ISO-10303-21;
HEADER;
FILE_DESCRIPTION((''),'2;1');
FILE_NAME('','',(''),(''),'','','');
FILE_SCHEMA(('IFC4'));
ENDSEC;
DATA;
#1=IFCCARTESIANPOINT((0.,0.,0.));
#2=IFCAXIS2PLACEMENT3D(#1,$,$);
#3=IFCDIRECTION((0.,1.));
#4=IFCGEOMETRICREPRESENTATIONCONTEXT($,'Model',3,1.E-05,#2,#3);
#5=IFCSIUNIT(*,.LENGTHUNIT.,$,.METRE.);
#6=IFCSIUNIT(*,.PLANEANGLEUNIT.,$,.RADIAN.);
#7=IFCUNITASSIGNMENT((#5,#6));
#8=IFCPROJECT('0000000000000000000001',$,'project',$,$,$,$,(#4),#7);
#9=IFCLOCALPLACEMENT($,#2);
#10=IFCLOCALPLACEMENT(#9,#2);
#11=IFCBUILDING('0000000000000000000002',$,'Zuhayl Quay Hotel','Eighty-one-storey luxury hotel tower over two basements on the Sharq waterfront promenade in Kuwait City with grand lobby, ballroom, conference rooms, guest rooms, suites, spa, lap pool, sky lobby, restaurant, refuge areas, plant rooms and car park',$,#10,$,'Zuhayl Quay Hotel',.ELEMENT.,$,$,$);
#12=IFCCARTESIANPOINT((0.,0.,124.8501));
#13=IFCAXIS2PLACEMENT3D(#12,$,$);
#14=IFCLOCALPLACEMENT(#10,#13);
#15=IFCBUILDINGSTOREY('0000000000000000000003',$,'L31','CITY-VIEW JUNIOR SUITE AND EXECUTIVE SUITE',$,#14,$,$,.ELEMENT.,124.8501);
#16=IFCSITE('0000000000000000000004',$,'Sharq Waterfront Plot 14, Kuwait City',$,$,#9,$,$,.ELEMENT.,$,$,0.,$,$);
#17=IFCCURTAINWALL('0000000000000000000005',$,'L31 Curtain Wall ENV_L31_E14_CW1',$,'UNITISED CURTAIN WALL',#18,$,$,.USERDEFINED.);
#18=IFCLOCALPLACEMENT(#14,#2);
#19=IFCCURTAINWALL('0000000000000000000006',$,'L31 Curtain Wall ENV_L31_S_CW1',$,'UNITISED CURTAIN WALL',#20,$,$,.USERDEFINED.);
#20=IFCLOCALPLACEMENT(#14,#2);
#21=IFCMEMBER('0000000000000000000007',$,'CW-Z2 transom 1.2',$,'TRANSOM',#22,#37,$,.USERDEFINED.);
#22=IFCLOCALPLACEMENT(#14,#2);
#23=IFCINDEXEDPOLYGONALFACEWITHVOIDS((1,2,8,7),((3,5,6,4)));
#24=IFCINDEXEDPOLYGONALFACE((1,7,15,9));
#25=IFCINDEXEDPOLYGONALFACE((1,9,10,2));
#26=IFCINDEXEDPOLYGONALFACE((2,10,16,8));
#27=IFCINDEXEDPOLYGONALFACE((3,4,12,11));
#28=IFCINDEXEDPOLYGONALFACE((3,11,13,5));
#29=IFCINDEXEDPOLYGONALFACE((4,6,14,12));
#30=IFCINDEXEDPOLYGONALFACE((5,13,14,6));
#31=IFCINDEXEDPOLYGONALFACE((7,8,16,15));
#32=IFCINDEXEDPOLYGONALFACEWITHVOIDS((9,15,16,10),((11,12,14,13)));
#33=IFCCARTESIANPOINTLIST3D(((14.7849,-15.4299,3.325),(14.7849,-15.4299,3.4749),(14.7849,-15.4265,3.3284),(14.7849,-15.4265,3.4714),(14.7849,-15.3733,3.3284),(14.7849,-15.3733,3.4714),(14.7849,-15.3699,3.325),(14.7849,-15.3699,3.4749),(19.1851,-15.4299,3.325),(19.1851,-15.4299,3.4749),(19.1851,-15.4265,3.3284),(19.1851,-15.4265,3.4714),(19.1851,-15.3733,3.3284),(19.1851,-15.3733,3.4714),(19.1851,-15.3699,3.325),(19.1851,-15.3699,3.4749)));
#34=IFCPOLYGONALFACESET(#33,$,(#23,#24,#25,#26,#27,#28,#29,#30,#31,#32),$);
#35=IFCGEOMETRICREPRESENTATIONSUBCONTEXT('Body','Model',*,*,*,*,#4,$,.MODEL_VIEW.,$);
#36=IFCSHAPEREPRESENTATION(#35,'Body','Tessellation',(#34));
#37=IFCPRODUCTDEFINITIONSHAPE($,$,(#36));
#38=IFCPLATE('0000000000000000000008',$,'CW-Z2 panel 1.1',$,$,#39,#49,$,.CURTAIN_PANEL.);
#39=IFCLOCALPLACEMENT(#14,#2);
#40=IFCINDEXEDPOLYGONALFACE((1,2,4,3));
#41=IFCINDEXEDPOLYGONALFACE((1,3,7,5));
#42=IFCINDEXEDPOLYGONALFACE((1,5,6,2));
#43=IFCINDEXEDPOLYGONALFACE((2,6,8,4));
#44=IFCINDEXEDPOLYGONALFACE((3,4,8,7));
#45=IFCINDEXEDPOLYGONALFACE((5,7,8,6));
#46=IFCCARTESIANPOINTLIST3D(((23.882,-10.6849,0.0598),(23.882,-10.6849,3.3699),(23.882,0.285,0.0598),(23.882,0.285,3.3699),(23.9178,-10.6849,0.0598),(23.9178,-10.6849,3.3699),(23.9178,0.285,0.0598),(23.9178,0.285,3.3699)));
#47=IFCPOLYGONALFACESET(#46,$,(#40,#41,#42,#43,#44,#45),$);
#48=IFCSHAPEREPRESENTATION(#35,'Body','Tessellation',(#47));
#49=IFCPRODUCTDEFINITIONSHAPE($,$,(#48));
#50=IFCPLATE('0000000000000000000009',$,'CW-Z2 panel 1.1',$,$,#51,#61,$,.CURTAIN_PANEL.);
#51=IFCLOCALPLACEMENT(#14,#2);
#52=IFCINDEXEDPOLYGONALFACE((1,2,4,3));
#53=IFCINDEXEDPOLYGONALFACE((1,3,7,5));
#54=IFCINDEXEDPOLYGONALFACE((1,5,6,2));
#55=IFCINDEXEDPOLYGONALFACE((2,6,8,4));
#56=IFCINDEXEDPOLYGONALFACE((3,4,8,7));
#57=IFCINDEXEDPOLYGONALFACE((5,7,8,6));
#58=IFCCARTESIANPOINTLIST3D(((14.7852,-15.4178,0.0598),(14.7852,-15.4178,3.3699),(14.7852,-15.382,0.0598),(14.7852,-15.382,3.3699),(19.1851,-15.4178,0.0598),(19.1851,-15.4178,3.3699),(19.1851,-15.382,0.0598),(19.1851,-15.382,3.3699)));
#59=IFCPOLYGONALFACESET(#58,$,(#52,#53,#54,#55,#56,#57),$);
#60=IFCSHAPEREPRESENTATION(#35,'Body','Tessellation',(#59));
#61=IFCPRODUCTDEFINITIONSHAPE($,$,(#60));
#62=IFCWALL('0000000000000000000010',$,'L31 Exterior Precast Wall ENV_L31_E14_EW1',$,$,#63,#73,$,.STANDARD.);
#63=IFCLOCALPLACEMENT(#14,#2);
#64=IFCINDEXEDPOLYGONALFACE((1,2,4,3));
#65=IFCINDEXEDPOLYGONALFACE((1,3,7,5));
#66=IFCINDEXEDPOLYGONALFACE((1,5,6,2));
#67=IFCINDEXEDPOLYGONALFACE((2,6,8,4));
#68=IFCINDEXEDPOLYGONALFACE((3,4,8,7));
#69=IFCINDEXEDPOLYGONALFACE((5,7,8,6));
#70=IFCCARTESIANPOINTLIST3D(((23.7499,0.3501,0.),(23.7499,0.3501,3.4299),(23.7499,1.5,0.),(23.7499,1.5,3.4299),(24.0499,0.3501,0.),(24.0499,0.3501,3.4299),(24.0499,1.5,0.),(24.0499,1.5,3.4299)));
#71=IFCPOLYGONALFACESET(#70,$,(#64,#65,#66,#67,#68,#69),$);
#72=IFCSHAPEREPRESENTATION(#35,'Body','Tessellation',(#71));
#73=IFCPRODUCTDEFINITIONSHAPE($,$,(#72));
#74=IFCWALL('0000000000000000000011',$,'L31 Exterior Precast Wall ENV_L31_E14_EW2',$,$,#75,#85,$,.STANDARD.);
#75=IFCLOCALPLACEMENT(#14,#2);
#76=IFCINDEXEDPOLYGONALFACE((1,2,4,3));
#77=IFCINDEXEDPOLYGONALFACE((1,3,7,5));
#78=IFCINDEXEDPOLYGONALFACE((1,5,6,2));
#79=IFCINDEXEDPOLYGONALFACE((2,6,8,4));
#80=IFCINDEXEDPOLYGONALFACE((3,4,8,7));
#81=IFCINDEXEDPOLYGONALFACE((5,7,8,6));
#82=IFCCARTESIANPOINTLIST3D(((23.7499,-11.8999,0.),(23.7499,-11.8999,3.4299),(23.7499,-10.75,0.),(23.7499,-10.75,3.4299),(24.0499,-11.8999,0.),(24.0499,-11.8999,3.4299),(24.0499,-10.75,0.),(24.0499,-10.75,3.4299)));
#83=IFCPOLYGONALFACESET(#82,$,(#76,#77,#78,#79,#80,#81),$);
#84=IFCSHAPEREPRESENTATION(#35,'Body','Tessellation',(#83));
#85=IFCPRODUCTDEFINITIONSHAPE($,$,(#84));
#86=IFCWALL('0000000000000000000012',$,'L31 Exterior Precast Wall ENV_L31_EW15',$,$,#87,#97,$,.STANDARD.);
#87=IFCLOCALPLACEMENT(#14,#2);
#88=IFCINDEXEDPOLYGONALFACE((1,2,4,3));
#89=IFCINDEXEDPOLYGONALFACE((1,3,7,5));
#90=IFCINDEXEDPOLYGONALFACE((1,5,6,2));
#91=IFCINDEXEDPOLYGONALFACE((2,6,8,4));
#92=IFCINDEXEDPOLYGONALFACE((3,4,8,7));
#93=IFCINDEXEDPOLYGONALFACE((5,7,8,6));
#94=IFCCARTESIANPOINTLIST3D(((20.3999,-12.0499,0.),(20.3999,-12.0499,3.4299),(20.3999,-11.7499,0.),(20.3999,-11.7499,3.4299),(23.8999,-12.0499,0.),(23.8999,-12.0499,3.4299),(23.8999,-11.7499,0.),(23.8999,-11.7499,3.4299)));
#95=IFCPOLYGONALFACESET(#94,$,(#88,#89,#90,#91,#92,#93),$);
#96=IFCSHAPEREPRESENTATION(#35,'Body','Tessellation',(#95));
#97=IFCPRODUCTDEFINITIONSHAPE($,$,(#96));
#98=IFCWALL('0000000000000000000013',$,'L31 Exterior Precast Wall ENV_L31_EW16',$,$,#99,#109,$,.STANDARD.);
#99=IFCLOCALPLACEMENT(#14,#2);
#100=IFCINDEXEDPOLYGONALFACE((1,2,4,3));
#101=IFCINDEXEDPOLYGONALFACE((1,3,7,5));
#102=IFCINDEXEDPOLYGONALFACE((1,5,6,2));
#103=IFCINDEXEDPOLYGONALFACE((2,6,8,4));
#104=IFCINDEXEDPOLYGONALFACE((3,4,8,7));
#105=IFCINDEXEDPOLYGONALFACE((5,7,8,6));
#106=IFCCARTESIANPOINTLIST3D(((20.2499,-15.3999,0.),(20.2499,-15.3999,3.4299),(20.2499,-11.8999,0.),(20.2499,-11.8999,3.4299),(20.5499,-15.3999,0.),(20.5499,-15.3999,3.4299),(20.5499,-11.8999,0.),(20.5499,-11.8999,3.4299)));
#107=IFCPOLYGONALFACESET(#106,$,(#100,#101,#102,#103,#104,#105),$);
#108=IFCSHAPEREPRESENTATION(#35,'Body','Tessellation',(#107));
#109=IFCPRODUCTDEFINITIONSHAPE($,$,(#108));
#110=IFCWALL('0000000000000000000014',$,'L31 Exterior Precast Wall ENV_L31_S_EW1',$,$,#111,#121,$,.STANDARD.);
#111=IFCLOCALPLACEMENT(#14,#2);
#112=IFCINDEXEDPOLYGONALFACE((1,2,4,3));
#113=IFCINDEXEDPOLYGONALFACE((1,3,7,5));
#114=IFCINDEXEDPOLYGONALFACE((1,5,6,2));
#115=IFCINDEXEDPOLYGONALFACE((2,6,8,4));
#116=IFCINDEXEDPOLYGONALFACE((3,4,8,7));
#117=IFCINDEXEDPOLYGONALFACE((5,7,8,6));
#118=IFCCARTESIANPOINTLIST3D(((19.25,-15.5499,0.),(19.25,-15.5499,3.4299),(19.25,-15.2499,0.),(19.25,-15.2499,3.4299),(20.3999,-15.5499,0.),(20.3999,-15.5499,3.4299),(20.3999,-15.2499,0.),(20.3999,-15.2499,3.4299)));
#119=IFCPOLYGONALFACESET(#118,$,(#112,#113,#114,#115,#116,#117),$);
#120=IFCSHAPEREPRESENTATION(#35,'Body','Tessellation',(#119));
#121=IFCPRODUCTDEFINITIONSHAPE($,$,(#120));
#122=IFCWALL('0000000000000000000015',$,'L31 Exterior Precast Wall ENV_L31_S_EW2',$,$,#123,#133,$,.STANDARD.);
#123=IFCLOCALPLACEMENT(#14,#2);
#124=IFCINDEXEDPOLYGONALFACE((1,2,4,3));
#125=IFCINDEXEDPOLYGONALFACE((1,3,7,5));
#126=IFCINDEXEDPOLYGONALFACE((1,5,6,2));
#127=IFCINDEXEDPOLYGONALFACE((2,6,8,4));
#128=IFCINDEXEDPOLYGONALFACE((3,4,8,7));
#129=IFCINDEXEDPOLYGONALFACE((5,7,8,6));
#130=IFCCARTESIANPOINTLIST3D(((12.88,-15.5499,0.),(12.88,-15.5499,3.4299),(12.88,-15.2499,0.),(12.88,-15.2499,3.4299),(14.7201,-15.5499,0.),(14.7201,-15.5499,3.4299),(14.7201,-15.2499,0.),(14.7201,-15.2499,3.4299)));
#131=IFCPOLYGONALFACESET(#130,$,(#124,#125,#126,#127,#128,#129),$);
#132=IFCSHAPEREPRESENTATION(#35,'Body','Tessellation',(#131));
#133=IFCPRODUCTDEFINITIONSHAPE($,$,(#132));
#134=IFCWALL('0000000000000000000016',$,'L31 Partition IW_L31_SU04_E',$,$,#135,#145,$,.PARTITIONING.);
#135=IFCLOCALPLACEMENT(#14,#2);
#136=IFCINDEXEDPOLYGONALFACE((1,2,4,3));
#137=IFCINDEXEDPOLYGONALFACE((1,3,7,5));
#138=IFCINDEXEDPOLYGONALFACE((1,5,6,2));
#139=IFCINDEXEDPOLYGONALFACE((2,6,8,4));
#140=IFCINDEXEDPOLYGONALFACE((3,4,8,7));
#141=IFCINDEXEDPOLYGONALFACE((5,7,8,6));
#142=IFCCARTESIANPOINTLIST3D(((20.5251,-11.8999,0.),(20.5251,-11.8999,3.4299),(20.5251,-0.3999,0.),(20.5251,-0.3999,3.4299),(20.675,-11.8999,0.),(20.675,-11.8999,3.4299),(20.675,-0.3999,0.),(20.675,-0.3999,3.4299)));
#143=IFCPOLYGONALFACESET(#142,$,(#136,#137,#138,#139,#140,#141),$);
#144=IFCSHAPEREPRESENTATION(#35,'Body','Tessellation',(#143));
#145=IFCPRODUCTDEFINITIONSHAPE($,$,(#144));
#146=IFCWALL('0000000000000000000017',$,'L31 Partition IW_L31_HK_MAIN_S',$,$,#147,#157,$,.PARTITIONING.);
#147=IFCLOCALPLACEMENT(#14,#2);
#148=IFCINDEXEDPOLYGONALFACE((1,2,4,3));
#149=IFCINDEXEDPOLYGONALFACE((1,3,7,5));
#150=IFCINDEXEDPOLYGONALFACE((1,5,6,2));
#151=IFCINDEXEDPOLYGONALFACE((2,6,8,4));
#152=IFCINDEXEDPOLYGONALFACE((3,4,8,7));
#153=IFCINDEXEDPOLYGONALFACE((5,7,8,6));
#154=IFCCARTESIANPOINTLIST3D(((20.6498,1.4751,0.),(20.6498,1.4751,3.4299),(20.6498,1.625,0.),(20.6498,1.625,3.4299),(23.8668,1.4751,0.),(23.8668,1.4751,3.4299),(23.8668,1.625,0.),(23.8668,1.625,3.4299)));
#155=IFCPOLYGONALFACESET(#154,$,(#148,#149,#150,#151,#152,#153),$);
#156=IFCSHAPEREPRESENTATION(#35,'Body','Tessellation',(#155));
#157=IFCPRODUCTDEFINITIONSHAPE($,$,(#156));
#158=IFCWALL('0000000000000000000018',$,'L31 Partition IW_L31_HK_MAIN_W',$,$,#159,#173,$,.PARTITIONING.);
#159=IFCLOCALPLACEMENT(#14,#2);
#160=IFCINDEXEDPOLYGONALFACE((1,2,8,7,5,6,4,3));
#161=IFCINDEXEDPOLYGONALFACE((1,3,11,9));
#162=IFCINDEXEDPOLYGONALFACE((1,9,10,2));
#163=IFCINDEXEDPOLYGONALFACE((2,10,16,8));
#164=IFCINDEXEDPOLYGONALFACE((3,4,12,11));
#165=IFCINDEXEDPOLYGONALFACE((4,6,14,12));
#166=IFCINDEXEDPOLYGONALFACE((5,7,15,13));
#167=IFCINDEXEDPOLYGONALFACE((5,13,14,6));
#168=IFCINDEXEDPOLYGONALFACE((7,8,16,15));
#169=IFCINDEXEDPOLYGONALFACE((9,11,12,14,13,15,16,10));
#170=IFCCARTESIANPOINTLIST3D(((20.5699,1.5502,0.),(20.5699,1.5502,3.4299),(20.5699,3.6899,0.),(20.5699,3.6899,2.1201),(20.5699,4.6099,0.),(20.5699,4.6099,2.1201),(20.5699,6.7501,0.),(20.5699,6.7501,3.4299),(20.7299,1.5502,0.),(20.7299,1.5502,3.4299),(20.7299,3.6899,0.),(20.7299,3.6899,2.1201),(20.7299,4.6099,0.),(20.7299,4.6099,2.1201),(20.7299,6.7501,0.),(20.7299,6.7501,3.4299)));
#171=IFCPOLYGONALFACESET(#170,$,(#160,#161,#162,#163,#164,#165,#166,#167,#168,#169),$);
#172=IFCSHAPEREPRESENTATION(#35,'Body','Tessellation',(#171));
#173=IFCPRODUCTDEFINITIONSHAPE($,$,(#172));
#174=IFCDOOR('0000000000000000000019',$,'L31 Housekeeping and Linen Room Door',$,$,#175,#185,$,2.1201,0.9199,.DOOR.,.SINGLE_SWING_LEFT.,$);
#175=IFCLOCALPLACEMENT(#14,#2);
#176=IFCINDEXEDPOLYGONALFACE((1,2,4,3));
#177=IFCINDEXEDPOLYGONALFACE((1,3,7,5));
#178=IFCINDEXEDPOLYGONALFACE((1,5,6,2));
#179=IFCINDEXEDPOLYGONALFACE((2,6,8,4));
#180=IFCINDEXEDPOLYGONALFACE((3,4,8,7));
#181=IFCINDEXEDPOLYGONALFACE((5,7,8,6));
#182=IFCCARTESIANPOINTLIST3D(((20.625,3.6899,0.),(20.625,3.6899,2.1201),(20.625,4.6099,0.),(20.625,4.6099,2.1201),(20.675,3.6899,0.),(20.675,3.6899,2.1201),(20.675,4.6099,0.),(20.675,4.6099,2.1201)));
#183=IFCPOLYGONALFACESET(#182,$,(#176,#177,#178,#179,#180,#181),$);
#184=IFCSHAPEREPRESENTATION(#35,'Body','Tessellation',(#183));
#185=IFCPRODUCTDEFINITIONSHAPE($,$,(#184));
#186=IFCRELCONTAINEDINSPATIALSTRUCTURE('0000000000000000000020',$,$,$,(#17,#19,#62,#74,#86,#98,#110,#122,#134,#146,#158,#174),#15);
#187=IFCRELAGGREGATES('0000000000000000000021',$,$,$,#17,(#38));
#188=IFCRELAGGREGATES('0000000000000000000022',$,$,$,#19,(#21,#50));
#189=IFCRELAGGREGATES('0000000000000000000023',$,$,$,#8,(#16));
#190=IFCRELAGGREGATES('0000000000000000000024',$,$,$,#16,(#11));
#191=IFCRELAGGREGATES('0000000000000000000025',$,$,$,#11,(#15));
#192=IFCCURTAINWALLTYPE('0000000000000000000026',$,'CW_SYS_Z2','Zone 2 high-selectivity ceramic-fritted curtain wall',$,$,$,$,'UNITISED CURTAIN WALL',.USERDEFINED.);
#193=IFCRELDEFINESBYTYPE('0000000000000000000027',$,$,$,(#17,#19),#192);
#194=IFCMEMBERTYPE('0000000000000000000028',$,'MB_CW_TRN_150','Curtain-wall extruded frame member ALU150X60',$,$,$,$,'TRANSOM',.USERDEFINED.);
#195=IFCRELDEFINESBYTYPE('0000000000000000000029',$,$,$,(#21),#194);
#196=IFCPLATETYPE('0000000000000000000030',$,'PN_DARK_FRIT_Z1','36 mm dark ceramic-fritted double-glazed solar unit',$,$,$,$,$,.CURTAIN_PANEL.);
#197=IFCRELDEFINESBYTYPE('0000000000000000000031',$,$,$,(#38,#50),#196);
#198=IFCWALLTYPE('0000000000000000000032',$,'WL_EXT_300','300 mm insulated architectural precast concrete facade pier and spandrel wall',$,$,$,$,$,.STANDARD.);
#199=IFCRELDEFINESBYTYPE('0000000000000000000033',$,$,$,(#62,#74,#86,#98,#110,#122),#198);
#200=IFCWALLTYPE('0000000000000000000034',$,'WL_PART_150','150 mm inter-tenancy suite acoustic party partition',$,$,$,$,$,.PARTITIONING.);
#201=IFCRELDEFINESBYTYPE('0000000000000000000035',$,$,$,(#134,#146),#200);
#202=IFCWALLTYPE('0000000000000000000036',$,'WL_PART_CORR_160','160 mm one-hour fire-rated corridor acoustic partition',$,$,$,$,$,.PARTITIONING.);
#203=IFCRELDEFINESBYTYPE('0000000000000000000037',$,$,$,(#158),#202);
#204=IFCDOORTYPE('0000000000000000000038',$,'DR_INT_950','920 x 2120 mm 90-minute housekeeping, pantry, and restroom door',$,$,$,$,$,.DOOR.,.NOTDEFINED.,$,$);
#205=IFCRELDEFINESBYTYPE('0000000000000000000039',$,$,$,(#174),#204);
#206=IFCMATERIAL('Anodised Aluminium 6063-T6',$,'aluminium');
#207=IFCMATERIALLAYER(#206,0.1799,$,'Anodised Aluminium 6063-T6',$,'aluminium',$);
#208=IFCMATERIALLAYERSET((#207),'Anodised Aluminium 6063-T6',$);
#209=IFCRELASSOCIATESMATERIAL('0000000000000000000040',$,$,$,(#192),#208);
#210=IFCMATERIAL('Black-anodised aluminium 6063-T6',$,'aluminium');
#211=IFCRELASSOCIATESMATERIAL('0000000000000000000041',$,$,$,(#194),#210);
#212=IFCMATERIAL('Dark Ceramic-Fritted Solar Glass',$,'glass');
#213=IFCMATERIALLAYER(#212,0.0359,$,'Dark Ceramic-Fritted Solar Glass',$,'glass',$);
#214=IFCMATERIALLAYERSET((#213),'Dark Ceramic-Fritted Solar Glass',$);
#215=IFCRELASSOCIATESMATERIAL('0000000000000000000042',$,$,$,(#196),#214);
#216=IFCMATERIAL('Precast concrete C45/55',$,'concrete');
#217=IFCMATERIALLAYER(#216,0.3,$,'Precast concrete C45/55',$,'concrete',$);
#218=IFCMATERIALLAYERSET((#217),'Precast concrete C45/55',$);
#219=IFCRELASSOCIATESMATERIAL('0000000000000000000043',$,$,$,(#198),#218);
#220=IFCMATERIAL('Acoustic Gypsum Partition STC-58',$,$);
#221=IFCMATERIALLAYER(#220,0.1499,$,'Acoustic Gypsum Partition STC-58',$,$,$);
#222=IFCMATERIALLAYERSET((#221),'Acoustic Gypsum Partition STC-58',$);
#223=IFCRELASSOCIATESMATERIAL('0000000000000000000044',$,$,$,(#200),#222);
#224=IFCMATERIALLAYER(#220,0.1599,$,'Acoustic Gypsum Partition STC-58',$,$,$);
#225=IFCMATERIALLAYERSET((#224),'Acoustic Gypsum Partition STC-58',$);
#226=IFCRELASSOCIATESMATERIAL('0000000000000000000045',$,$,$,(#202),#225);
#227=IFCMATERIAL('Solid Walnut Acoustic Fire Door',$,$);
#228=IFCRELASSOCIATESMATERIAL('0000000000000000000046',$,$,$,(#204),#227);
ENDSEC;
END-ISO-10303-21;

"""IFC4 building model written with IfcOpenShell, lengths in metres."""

from ifc_helpers import new_model, si_unit, direction, frame, frame_2d, origin, origin_2d, place, context, subcontext, project, spatial, rectangle, hollow_rectangle, extrude, material, layer, layer_set, material_profile, profile_set, type_object, element, fill, aggregate, save


model = new_model("IFC4")

# Units and contexts
model_context = context("Model", 3, precision=1e-05, world=origin(), true_north=direction((0.0, 1.0)))
body_context = subcontext(model_context, "Body", "Model", "MODEL_VIEW")
ifc_project = project(units=[si_unit("LENGTHUNIT", "METRE"), si_unit("PLANEANGLEUNIT", "RADIAN")], contexts=[model_context])

# Site, building, storey
site_placement = place(None, origin())
site = spatial("IfcSite", under=ifc_project, at=site_placement, Name="Sharq Waterfront Plot 14, Kuwait City", CompositionType="ELEMENT", RefElevation=0.0)
building_placement = place(site_placement, origin())
building = spatial("IfcBuilding", under=site, at=building_placement, Name="Zuhayl Quay Hotel", Description="Eighty-one-storey luxury hotel tower over two basements on the Sharq waterfront promenade in Kuwait City with grand lobby, ballroom, conference rooms, guest rooms, suites, spa, lap pool, sky lobby, restaurant, refuge areas, plant rooms and car park", LongName="Zuhayl Quay Hotel", CompositionType="ELEMENT")
storey_placement = place(building_placement, frame((0.0, 0.0, 124.8501)))
storey = spatial("IfcBuildingStorey", under=building, at=storey_placement, Name="L31", Description="CITY-VIEW JUNIOR SUITE AND EXECUTIVE SUITE", CompositionType="ELEMENT", Elevation=124.8501)

# Curtain walls
ifc_material_1 = material(Name="Anodised Aluminium 6063-T6", Category="aluminium")
ifc_layer_1 = layer(ifc_material_1, 0.1799, Name="Anodised Aluminium 6063-T6", Category="aluminium")
ifc_layer_set_1 = layer_set([ifc_layer_1], Name="Anodised Aluminium 6063-T6")
curtain_wall_type = type_object("IfcCurtainWallType", Name="CW_SYS_Z2", Description="Zone 2 high-selectivity ceramic-fritted curtain wall", ElementType="UNITISED CURTAIN WALL", PredefinedType="USERDEFINED", material=ifc_layer_set_1)
curtain_wall_1_placement = place(storey_placement, origin())
curtain_wall_1 = element("IfcCurtainWall", 1, at=curtain_wall_1_placement, inside=storey, type_object=curtain_wall_type, Name="L31 Curtain Wall ENV_L31_E14_CW1", ObjectType="UNITISED CURTAIN WALL", PredefinedType="USERDEFINED")
ifc_material_2 = material(Name="Black-anodised aluminium 6063-T6", Category="aluminium")
curtain_wall_2_placement = place(storey_placement, origin())
curtain_wall_2 = element("IfcCurtainWall", 2, at=curtain_wall_2_placement, inside=storey, type_object=curtain_wall_type, Name="L31 Curtain Wall ENV_L31_S_CW1", ObjectType="UNITISED CURTAIN WALL", PredefinedType="USERDEFINED")

# Member
ifc_material_profile_1 = material_profile(ifc_material_2, hollow_rectangle(XDim=0.0601, YDim=0.1499, WallThickness=0.0034, at=origin_2d()), Name="ALU150X60")
ifc_profile_set_1 = profile_set([ifc_material_profile_1], Name="Black-anodised aluminium 6063-T6")
member_type_1 = type_object("IfcMemberType", Name="MB_CW_TRN_150", Description="Curtain-wall extruded frame member ALU150X60", ElementType="TRANSOM", PredefinedType="USERDEFINED", material=ifc_profile_set_1)
member_1_placement = place(storey_placement, frame((19.1851, -15.3999, 3.3999), z_axis=(-1.0, 0.0, 0.0), x_axis=(0.0, -1.0, 0.0)))
member_1 = element("IfcMember", 3, at=member_1_placement, type_object=member_type_1, Name="CW-Z2 transom 1.2", ObjectType="TRANSOM", PredefinedType="USERDEFINED", context=body_context, shape_type="SweptSolid", body=[
    extrude(hollow_rectangle(XDim=0.0601, YDim=0.1499, WallThickness=0.0034, at=origin_2d()), origin(), (0.0, 0.0, 1.0), 4.4001),
])

# Plates
ifc_material_3 = material(Name="Dark Ceramic-Fritted Solar Glass", Category="glass")
ifc_layer_2 = layer(ifc_material_3, 0.0359, Name="Dark Ceramic-Fritted Solar Glass", Category="glass")
ifc_layer_set_2 = layer_set([ifc_layer_2], Name="Dark Ceramic-Fritted Solar Glass")
plate_type = type_object("IfcPlateType", Name="PN_DARK_FRIT_Z1", Description="36 mm dark ceramic-fritted double-glazed solar unit", PredefinedType="CURTAIN_PANEL", material=ifc_layer_set_2)
plate_1_placement = place(storey_placement, frame((23.8999, -5.2, 0.0598), z_axis=(0.0, 0.0, 1.0), x_axis=(0.0, -1.0, 0.0)))
plate_1 = element("IfcPlate", 4, at=plate_1_placement, type_object=plate_type, Name="CW-Z2 panel 1.1", PredefinedType="CURTAIN_PANEL", context=body_context, shape_type="SweptSolid", body=[
    extrude(rectangle(XDim=10.97, YDim=0.0359, at=origin_2d()), origin(), (0.0, 0.0, 1.0), 3.3101),
])
aggregate(curtain_wall_1, [plate_1])
plate_2_placement = place(storey_placement, frame((16.9851, -15.3999, 0.0598), z_axis=(0.0, 0.0, 1.0), x_axis=(-1.0, 0.0, 0.0)))
plate_2 = element("IfcPlate", 5, at=plate_2_placement, type_object=plate_type, Name="CW-Z2 panel 1.1", PredefinedType="CURTAIN_PANEL", context=body_context, shape_type="SweptSolid", body=[
    extrude(rectangle(XDim=4.3999, YDim=0.0359, at=origin_2d()), origin(), (0.0, 0.0, 1.0), 3.3101),
])
aggregate(curtain_wall_2, [member_1, plate_2])

# Walls
ifc_material_4 = material(Name="Precast concrete C45/55", Category="concrete")
ifc_layer_3 = layer(ifc_material_4, 0.3, Name="Precast concrete C45/55", Category="concrete")
ifc_layer_set_3 = layer_set([ifc_layer_3], Name="Precast concrete C45/55")
wall_type_1 = type_object("IfcWallType", Name="WL_EXT_300", Description="300 mm insulated architectural precast concrete facade pier and spandrel wall", PredefinedType="STANDARD", material=ifc_layer_set_3)
for number, where, z_axis, x_axis, name in (
    (6, (23.8999, 1.5, 0.0), (0.0, 0.0, 1.0), (0.0, -1.0, 0.0), "L31 Exterior Precast Wall ENV_L31_E14_EW1"),
    (7, (23.8999, -10.75, 0.0), (0.0, 0.0, 1.0), (0.0, -1.0, 0.0), "L31 Exterior Precast Wall ENV_L31_E14_EW2"),
):
    element("IfcWall", number, at=place(storey_placement, frame(where, z_axis=z_axis, x_axis=x_axis)), inside=storey, type_object=wall_type_1, Name=name, PredefinedType="STANDARD", context=body_context, shape_type="SweptSolid", body=[
        extrude(rectangle(XDim=1.1499, YDim=0.3, at=frame_2d((0.575, 0.0))), origin(), (0.0, 0.0, 1.0), 3.4299),
    ])
for number, where, z_axis, x_axis, name in (
    (8, (23.8999, -11.8999, 0.0), (0.0, 0.0, 1.0), (-1.0, 0.0, 0.0), "L31 Exterior Precast Wall ENV_L31_EW15"),
    (9, (20.3999, -11.8999, 0.0), (0.0, 0.0, 1.0), (0.0, -1.0, 0.0), "L31 Exterior Precast Wall ENV_L31_EW16"),
):
    element("IfcWall", number, at=place(storey_placement, frame(where, z_axis=z_axis, x_axis=x_axis)), inside=storey, type_object=wall_type_1, Name=name, PredefinedType="STANDARD", context=body_context, shape_type="SweptSolid", body=[
        extrude(rectangle(XDim=3.5, YDim=0.3, at=frame_2d((1.75, 0.0))), origin(), (0.0, 0.0, 1.0), 3.4299),
    ])
wall_1_placement = place(storey_placement, frame((20.3999, -15.3999, 0.0), z_axis=(0.0, 0.0, 1.0), x_axis=(-1.0, 0.0, 0.0)))
element("IfcWall", 10, at=wall_1_placement, inside=storey, type_object=wall_type_1, Name="L31 Exterior Precast Wall ENV_L31_S_EW1", PredefinedType="STANDARD", context=body_context, shape_type="SweptSolid", body=[
    extrude(rectangle(XDim=1.1499, YDim=0.3, at=frame_2d((0.575, 0.0))), origin(), (0.0, 0.0, 1.0), 3.4299),
])
wall_2_placement = place(storey_placement, frame((14.72, -15.3999, 0.0), z_axis=(0.0, 0.0, 1.0), x_axis=(-1.0, 0.0, 0.0)))
element("IfcWall", 11, at=wall_2_placement, inside=storey, type_object=wall_type_1, Name="L31 Exterior Precast Wall ENV_L31_S_EW2", PredefinedType="STANDARD", context=body_context, shape_type="SweptSolid", body=[
    extrude(rectangle(XDim=1.8401, YDim=0.3, at=frame_2d((0.9199, 0.0))), origin(), (0.0, 0.0, 1.0), 3.4299),
])
ifc_material_5 = material(Name="Acoustic Gypsum Partition STC-58")
ifc_layer_4 = layer(ifc_material_5, 0.1499, Name="Acoustic Gypsum Partition STC-58")
ifc_layer_set_4 = layer_set([ifc_layer_4], Name="Acoustic Gypsum Partition STC-58")
wall_type_2 = type_object("IfcWallType", Name="WL_PART_150", Description="150 mm inter-tenancy suite acoustic party partition", PredefinedType="PARTITIONING", material=ifc_layer_set_4)
wall_3_placement = place(storey_placement, frame((20.6001, -11.8999, 0.0), z_axis=(0.0, 0.0, 1.0), x_axis=(0.0, 1.0, 0.0)))
element("IfcWall", 12, at=wall_3_placement, inside=storey, type_object=wall_type_2, Name="L31 Partition IW_L31_SU04_E", PredefinedType="PARTITIONING", context=body_context, shape_type="SweptSolid", body=[
    extrude(rectangle(XDim=11.5, YDim=0.1499, at=frame_2d((5.75, 0.0))), origin(), (0.0, 0.0, 1.0), 3.4299),
])
wall_4_placement = place(storey_placement, frame((20.6499, 1.55, 0.0), z_axis=(0.0, 0.0, 1.0), x_axis=(1.0, 0.0, 0.0)))
element("IfcWall", 13, at=wall_4_placement, inside=storey, type_object=wall_type_2, Name="L31 Partition IW_L31_HK_MAIN_S", PredefinedType="PARTITIONING", context=body_context, shape_type="SweptSolid", body=[
    extrude(rectangle(XDim=3.217, YDim=0.1499, at=frame_2d((1.6084, 0.0))), origin(), (0.0, 0.0, 1.0), 3.4299),
])

# Wall, opening, door
ifc_layer_5 = layer(ifc_material_5, 0.1599, Name="Acoustic Gypsum Partition STC-58")
ifc_layer_set_5 = layer_set([ifc_layer_5], Name="Acoustic Gypsum Partition STC-58")
wall_type_3 = type_object("IfcWallType", Name="WL_PART_CORR_160", Description="160 mm one-hour fire-rated corridor acoustic partition", PredefinedType="PARTITIONING", material=ifc_layer_set_5)
wall_5_placement = place(storey_placement, frame((20.6499, 1.55, 0.0), z_axis=(0.0, 0.0, 1.0), x_axis=(0.0, 1.0, 0.0)))
wall_5 = element("IfcWall", 14, at=wall_5_placement, inside=storey, type_object=wall_type_3, Name="L31 Partition IW_L31_HK_MAIN_W", PredefinedType="PARTITIONING", context=body_context, shape_type="SweptSolid", body=[
    extrude(rectangle(XDim=5.2, YDim=0.1599, at=frame_2d((2.6001, 0.0))), origin(), (0.0, 0.0, 1.0), 3.4299),
])
opening_placement = place(wall_5_placement, frame((2.1399, 0.0, 0.0)))
opening = element("IfcOpeningElement", 15, at=opening_placement, cuts=wall_5, PredefinedType="OPENING", context=body_context, shape_type="SweptSolid", body=[
    extrude(rectangle(XDim=0.9199, YDim=2.1201, at=frame_2d((0.46, 1.0601))), frame((0.0, 0.0898, 0.0), z_axis=(0.0, -1.0, 0.0), x_axis=(1.0, 0.0, 0.0)), (0.0, 0.0, 1.0), 0.1799),
])
ifc_material_6 = material(Name="Solid Walnut Acoustic Fire Door")
door_type = type_object("IfcDoorType", Name="DR_INT_950", Description="920 x 2120 mm 90-minute housekeeping, pantry, and restroom door", OperationType="NOTDEFINED", PredefinedType="DOOR", material=ifc_material_6)
door_placement = place(opening_placement, origin())
door = element("IfcDoor", 16, at=door_placement, inside=storey, type_object=door_type, Name="L31 Housekeeping and Linen Room Door", OperationType="SINGLE_SWING_LEFT", OverallHeight=2.1201, OverallWidth=0.9199, PredefinedType="DOOR", context=body_context, shape_type="SweptSolid", body=[
    extrude(rectangle(XDim=0.9199, YDim=2.1201, at=frame_2d((0.46, 1.0601))), frame((0.0, 0.0249, 0.0), z_axis=(0.0, -1.0, 0.0), x_axis=(1.0, 0.0, 0.0)), (0.0, 0.0, 1.0), 0.05),
])
fill(opening, door)

save(model, "model.ifc")
